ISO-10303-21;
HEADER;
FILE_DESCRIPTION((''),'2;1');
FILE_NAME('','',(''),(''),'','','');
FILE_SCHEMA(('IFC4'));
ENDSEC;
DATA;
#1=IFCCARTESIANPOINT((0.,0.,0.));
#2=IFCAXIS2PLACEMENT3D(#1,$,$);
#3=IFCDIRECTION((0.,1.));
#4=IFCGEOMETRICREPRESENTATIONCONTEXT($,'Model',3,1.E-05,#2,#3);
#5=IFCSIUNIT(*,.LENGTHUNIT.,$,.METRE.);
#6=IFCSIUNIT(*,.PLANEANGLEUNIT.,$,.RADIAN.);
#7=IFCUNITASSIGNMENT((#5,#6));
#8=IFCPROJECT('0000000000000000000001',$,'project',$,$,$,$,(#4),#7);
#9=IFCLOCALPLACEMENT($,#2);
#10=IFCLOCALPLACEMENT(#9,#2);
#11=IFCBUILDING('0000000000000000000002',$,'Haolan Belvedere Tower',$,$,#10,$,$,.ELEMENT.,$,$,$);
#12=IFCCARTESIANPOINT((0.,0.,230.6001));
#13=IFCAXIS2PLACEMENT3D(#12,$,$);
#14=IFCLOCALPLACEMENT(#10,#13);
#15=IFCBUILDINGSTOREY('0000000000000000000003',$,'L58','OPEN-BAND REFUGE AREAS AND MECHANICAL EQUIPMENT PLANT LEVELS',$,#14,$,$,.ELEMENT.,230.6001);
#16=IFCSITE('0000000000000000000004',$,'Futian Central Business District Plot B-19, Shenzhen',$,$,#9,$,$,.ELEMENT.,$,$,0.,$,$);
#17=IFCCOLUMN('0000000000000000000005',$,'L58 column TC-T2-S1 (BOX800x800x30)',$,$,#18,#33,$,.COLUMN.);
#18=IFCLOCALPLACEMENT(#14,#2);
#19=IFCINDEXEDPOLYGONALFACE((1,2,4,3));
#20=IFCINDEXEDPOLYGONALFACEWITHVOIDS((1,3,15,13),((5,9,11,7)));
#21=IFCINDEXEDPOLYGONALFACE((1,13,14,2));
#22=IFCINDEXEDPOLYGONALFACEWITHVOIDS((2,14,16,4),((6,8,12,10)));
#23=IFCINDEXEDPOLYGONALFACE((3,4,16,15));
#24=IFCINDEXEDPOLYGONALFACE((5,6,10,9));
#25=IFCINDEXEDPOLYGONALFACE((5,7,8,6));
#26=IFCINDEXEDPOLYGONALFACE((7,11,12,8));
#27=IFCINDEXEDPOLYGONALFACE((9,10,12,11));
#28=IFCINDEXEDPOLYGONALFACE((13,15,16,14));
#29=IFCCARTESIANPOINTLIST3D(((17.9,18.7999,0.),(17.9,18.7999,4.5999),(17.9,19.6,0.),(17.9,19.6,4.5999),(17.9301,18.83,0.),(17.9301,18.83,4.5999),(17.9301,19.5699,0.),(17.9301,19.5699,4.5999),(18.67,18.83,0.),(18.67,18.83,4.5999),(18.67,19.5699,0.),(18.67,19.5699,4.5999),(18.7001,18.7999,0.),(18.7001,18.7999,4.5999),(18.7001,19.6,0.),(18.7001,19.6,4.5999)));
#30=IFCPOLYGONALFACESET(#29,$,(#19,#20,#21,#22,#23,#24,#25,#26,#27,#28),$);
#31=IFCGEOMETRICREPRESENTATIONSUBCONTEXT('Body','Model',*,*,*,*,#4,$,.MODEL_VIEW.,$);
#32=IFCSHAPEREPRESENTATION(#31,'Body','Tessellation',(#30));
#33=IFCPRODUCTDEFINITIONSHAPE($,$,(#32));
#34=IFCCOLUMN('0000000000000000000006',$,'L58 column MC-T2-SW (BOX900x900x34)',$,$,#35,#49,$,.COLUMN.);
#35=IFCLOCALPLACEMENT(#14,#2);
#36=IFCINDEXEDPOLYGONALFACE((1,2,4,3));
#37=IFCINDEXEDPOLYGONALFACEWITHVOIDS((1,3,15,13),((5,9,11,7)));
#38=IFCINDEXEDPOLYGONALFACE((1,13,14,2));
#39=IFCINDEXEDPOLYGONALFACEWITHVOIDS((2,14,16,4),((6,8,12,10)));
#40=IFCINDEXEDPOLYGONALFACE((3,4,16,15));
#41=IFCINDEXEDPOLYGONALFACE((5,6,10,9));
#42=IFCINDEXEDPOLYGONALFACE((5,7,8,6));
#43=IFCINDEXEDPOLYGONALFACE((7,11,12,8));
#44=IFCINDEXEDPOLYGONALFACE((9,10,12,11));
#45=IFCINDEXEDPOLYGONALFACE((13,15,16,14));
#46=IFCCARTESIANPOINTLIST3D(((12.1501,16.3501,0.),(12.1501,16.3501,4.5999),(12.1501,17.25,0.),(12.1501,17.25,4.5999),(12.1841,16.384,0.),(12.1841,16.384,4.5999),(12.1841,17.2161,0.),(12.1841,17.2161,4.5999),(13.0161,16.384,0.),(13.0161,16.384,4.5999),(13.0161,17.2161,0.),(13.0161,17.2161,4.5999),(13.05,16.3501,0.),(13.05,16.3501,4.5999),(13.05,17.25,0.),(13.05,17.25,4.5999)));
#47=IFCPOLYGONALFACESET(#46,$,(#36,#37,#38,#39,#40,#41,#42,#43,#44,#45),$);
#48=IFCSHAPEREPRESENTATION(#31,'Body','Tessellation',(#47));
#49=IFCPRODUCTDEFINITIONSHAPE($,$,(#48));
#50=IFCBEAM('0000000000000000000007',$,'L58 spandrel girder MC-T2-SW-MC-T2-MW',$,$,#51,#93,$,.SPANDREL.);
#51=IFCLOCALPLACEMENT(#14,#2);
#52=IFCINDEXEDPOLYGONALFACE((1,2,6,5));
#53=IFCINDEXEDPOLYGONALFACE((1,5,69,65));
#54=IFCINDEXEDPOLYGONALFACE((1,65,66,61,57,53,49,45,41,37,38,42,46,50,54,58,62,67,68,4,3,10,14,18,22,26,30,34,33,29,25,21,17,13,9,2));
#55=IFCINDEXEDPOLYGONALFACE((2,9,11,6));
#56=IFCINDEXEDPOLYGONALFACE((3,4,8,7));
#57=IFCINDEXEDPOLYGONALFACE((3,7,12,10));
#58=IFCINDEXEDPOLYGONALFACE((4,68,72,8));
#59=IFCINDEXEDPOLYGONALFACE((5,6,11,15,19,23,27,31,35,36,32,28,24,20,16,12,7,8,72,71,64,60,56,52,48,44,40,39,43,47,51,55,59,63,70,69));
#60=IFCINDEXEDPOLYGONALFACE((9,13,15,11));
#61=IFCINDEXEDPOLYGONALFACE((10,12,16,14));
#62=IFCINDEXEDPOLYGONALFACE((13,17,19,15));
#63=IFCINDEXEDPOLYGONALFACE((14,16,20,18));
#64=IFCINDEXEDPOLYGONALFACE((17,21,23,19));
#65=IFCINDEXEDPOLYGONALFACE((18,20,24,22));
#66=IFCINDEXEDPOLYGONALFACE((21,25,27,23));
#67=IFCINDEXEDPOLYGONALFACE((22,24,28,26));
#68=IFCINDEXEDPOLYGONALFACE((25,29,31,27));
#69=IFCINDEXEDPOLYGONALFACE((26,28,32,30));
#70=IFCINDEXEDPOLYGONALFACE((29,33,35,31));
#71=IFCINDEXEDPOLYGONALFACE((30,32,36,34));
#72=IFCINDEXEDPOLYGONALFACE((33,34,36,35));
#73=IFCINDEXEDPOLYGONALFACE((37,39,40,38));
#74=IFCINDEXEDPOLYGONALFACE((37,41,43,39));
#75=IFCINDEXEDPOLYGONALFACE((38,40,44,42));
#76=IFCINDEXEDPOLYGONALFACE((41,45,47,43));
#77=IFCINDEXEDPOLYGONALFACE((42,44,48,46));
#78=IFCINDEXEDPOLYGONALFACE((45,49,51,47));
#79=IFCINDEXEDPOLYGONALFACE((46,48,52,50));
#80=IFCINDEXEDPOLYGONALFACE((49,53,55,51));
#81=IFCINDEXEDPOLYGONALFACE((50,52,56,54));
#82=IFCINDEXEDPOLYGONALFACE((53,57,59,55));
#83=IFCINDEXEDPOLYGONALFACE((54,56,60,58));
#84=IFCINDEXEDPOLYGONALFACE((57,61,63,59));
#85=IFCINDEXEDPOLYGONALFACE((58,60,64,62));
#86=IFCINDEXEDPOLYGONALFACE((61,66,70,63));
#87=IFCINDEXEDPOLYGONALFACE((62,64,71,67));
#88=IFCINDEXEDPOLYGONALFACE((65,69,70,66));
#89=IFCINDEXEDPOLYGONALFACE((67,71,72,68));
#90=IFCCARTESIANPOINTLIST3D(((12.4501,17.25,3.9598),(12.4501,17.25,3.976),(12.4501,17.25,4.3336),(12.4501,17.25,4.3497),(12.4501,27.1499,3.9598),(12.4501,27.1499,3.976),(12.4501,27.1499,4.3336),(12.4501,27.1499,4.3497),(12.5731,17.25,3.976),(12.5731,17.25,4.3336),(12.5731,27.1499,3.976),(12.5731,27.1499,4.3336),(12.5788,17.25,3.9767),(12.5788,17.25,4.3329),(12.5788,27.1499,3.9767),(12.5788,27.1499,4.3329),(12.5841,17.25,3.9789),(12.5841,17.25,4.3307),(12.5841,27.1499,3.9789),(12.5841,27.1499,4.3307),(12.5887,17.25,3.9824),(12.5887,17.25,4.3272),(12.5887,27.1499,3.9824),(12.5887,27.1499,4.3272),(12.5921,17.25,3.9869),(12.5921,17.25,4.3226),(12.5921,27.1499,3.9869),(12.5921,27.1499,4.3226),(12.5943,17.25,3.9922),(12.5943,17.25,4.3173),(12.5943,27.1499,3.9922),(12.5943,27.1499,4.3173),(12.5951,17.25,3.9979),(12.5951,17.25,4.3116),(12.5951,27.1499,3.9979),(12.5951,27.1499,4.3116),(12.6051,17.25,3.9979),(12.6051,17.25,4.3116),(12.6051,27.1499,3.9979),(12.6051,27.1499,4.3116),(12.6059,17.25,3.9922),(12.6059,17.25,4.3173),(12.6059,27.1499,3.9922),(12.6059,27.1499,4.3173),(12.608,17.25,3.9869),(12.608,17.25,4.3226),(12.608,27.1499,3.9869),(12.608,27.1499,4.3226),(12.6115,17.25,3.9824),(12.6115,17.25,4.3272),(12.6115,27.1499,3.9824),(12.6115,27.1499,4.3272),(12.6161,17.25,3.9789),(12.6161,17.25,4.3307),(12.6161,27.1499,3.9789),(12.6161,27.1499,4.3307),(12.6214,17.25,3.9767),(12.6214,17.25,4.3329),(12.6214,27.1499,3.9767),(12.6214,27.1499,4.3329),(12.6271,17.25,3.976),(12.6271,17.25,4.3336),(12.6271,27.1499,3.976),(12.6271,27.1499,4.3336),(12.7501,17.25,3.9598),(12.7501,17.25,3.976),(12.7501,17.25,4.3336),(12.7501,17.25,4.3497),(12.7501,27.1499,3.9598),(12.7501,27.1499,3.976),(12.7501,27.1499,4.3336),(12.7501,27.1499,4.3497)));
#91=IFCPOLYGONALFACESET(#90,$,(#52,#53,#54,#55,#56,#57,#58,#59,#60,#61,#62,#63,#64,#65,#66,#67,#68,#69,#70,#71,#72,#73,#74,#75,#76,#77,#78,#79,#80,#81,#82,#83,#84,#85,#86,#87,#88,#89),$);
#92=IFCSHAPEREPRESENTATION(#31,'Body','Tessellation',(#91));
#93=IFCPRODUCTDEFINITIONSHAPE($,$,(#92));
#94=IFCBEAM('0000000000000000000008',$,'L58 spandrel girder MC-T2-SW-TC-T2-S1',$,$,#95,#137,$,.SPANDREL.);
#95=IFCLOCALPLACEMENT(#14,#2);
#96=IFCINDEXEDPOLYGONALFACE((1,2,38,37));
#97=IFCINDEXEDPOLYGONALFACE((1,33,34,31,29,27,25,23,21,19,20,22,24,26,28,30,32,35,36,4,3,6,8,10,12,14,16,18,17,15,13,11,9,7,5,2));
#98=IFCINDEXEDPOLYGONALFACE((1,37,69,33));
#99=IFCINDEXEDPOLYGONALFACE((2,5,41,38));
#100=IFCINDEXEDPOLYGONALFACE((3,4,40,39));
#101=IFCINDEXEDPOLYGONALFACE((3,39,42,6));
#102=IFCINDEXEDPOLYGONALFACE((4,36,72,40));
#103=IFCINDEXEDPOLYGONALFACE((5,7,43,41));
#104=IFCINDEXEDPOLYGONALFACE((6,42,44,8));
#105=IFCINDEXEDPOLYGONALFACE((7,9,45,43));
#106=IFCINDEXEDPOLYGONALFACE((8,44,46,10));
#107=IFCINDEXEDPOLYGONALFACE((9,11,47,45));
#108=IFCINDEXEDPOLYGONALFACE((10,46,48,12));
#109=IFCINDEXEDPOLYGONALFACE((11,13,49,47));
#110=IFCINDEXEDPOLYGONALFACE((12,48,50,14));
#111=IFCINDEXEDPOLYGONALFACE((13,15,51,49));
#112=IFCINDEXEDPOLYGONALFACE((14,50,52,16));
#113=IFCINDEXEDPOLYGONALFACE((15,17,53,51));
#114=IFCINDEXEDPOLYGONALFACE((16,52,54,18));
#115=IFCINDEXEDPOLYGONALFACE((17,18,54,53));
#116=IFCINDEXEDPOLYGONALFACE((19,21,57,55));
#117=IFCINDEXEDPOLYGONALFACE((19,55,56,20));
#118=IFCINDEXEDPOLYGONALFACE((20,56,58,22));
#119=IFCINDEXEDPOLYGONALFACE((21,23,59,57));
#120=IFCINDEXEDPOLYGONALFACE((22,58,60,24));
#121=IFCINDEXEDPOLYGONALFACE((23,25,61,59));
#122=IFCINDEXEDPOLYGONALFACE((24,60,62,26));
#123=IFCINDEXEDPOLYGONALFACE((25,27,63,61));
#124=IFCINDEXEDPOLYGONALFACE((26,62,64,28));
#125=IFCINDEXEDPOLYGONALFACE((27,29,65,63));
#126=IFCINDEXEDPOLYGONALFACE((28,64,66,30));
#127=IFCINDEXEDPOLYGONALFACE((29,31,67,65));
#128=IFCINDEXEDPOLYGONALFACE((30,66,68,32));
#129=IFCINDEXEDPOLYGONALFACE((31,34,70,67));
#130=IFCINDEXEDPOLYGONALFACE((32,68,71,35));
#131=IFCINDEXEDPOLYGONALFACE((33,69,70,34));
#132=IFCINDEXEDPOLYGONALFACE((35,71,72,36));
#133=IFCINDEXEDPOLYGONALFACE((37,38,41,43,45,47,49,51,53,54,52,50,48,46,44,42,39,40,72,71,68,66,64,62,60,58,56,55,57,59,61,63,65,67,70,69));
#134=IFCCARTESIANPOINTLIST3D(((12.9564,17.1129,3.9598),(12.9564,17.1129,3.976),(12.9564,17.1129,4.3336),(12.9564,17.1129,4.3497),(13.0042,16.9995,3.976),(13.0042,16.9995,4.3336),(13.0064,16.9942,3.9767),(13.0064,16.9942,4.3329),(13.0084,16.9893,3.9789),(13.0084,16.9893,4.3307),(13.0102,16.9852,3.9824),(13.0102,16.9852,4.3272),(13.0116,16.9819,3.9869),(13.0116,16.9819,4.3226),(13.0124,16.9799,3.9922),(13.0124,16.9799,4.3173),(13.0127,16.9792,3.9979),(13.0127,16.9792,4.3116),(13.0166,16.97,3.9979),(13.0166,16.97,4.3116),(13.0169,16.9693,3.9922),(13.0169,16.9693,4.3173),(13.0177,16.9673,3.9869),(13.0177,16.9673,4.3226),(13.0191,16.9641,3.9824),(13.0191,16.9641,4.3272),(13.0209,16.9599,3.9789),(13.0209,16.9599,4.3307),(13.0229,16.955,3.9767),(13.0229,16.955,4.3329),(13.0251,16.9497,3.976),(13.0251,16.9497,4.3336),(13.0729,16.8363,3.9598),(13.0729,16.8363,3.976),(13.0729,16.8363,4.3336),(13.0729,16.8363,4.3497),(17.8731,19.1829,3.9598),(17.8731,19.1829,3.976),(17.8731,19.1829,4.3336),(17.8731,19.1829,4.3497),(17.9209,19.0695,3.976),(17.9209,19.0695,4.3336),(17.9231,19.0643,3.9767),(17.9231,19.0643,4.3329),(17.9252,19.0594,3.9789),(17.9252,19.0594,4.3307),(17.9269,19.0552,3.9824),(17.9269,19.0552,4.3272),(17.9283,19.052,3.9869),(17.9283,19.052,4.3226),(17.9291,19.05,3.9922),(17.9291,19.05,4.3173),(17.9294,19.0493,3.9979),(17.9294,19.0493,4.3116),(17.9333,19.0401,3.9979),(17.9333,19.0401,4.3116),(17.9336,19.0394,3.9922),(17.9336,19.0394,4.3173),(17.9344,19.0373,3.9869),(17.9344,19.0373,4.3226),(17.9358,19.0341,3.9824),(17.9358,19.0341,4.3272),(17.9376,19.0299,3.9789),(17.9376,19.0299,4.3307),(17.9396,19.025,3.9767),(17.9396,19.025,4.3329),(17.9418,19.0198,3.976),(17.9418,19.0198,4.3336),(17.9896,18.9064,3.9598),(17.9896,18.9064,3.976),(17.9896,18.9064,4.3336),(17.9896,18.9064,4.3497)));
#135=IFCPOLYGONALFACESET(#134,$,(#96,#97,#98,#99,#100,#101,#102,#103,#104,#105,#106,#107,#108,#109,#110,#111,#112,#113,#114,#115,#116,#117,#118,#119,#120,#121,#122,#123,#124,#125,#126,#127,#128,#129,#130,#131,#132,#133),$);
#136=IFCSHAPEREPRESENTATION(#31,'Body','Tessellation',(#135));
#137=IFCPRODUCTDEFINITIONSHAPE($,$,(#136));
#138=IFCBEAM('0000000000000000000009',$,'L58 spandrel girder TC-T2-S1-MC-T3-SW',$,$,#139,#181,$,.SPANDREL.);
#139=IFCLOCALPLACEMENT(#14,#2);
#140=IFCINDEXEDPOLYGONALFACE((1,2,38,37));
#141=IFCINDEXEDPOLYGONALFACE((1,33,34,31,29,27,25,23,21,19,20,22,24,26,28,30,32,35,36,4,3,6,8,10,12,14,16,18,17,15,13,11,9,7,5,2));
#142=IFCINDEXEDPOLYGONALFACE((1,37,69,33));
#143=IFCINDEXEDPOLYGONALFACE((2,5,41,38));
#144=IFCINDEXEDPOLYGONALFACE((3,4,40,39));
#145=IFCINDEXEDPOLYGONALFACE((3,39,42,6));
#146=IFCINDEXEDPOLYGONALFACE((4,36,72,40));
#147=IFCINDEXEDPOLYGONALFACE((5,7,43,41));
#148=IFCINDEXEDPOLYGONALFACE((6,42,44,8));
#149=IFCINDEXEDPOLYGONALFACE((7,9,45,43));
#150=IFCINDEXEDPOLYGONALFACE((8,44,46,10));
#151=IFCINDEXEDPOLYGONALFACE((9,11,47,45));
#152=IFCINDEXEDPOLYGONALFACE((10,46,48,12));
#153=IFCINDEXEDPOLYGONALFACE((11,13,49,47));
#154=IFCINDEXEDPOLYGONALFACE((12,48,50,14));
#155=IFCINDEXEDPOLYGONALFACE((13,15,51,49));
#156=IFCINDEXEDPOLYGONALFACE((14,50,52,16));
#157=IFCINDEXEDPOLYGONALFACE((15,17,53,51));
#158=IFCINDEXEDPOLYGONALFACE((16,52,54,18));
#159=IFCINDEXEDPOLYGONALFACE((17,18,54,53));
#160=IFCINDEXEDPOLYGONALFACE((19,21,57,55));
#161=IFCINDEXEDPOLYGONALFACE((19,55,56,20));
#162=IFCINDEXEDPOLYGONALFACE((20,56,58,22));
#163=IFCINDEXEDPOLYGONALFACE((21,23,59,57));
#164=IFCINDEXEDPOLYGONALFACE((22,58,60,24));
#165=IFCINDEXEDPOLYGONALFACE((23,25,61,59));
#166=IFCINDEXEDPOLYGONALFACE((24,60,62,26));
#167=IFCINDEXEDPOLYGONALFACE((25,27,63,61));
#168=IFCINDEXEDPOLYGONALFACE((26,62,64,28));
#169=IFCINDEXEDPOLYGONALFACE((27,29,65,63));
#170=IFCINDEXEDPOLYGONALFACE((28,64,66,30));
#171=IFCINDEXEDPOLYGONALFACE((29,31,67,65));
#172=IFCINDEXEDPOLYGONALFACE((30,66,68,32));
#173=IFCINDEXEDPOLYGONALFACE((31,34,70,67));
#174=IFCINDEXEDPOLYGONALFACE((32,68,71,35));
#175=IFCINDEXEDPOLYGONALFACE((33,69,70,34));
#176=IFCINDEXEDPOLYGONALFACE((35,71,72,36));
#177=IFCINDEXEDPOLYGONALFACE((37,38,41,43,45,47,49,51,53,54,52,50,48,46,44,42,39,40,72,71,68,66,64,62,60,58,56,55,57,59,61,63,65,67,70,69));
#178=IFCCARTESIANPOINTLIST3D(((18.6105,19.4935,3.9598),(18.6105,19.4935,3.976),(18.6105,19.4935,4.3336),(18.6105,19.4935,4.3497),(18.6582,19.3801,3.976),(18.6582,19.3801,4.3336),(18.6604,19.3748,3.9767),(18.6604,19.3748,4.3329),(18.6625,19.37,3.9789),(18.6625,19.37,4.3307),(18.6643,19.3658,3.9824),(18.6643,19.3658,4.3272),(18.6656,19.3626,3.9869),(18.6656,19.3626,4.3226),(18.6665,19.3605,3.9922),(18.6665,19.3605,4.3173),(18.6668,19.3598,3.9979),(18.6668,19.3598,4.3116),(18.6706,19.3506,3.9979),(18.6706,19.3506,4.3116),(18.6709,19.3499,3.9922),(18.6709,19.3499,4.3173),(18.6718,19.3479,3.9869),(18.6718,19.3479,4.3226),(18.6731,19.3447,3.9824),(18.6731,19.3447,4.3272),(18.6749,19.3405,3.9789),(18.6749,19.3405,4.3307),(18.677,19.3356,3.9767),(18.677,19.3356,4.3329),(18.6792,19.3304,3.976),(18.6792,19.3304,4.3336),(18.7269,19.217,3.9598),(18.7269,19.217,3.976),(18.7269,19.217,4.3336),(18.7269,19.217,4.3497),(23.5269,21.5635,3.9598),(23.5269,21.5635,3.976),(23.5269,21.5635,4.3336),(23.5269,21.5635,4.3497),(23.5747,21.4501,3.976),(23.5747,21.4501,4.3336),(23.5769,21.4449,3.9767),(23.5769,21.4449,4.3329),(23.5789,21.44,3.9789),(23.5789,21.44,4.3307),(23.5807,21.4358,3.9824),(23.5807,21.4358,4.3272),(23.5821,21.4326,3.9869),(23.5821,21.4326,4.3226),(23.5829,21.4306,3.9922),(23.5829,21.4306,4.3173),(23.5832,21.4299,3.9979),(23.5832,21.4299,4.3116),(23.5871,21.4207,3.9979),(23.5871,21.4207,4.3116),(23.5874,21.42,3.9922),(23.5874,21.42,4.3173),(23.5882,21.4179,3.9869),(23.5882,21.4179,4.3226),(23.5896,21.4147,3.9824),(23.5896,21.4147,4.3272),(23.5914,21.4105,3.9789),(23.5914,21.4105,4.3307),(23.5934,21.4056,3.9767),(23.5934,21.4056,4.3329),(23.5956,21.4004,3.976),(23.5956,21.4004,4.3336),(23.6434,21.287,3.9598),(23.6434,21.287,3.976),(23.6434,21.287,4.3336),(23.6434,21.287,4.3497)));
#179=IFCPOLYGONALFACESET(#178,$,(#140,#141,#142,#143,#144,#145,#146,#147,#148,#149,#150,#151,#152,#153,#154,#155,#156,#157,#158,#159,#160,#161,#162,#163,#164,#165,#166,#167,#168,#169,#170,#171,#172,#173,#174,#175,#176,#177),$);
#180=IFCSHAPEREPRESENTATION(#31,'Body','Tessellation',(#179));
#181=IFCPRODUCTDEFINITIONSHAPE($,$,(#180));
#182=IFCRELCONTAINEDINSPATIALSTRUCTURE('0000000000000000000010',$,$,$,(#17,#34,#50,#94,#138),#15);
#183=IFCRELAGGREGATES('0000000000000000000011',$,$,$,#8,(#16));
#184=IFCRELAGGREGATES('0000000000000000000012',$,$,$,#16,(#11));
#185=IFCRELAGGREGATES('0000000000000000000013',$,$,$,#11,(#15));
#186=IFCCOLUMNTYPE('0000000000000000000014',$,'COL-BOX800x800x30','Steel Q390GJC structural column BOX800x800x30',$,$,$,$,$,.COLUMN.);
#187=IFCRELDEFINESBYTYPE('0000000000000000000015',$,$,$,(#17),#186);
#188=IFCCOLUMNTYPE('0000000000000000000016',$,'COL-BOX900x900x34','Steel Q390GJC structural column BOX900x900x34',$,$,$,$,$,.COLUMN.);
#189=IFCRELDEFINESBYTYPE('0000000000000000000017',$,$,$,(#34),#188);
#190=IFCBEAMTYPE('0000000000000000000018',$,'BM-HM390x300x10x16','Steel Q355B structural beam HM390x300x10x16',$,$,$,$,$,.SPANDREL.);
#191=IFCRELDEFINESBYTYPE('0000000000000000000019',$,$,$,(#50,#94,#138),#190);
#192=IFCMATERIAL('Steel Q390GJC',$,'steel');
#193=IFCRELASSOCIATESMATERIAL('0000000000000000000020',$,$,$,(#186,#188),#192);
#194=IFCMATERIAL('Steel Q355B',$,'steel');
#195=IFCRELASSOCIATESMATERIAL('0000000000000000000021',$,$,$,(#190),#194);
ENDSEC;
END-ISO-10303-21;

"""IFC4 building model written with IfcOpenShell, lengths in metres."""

from ifc_helpers import new_model, si_unit, direction, frame, origin, origin_2d, place, context, subcontext, project, spatial, hollow_rectangle, i_section, extrude, material, material_profile, profile_set, type_object, element, save


model = new_model("IFC4")

# Units and contexts
model_context = context("Model", 3, precision=1e-05, world=origin(), true_north=direction((0.0, 1.0)))
body_context = subcontext(model_context, "Body", "Model", "MODEL_VIEW")
ifc_project = project(units=[si_unit("LENGTHUNIT", "METRE"), si_unit("PLANEANGLEUNIT", "RADIAN")], contexts=[model_context])

# Site, building, storey
site_placement = place(None, origin())
site = spatial("IfcSite", under=ifc_project, at=site_placement, Name="Futian Central Business District Plot B-19, Shenzhen", CompositionType="ELEMENT", RefElevation=0.0)
building_placement = place(site_placement, origin())
building = spatial("IfcBuilding", under=site, at=building_placement, Name="Haolan Belvedere Tower", CompositionType="ELEMENT")
storey_placement = place(building_placement, frame((0.0, 0.0, 230.6001)))
storey = spatial("IfcBuildingStorey", under=building, at=storey_placement, Name="L58", Description="OPEN-BAND REFUGE AREAS AND MECHANICAL EQUIPMENT PLANT LEVELS", CompositionType="ELEMENT", Elevation=230.6001)

# Columns
ifc_material_1 = material(Name="Steel Q390GJC", Category="steel")
ifc_material_profile_1 = material_profile(ifc_material_1, hollow_rectangle(XDim=0.8, YDim=0.8, WallThickness=0.03, at=origin_2d()), Name="Steel Q390GJC")
ifc_profile_set_1 = profile_set([ifc_material_profile_1], Name="Steel Q390GJC")
column_type_1 = type_object("IfcColumnType", Name="COL-BOX800x800x30", Description="Steel Q390GJC structural column BOX800x800x30", PredefinedType="COLUMN", material=ifc_profile_set_1)
column_1_placement = place(storey_placement, frame((18.3, 19.2, 0.0), z_axis=(0.0, 0.0, 1.0), x_axis=(1.0, 0.0, 0.0)))
element("IfcColumn", 1, at=column_1_placement, inside=storey, type_object=column_type_1, Name="L58 column TC-T2-S1 (BOX800x800x30)", PredefinedType="COLUMN", context=body_context, shape_type="SweptSolid", body=[
    extrude(hollow_rectangle(XDim=0.8, YDim=0.8, WallThickness=0.03, at=origin_2d()), origin(), (0.0, 0.0, 1.0), 4.5999),
])
ifc_material_profile_2 = material_profile(ifc_material_1, hollow_rectangle(XDim=0.8999, YDim=0.8999, WallThickness=0.0339, at=origin_2d()), Name="Steel Q390GJC")
ifc_profile_set_2 = profile_set([ifc_material_profile_2], Name="Steel Q390GJC")
column_type_2 = type_object("IfcColumnType", Name="COL-BOX900x900x34", Description="Steel Q390GJC structural column BOX900x900x34", PredefinedType="COLUMN", material=ifc_profile_set_2)
column_2_placement = place(storey_placement, frame((12.6001, 16.8, 0.0), z_axis=(0.0, 0.0, 1.0), x_axis=(1.0, 0.0, 0.0)))
element("IfcColumn", 2, at=column_2_placement, inside=storey, type_object=column_type_2, Name="L58 column MC-T2-SW (BOX900x900x34)", PredefinedType="COLUMN", context=body_context, shape_type="SweptSolid", body=[
    extrude(hollow_rectangle(XDim=0.8999, YDim=0.8999, WallThickness=0.0339, at=origin_2d()), origin(), (0.0, 0.0, 1.0), 4.5999),
])

# Beams
ifc_material_2 = material(Name="Steel Q355B", Category="steel")
ifc_material_profile_3 = material_profile(ifc_material_2, i_section(OverallWidth=0.3, OverallDepth=0.3899, WebThickness=0.01, FlangeThickness=0.0161, FilletRadius=0.022, at=origin_2d()), Name="Steel Q355B")
ifc_profile_set_3 = profile_set([ifc_material_profile_3], Name="Steel Q355B")
beam_type = type_object("IfcBeamType", Name="BM-HM390x300x10x16", Description="Steel Q355B structural beam HM390x300x10x16", PredefinedType="SPANDREL", material=ifc_profile_set_3)
beam_1_placement = place(storey_placement, frame((12.6001, 17.25, 4.1548), z_axis=(0.0, 1.0, 0.0), x_axis=(-1.0, 0.0, 0.0)))
element("IfcBeam", 3, at=beam_1_placement, inside=storey, type_object=beam_type, Name="L58 spandrel girder MC-T2-SW-MC-T2-MW", PredefinedType="SPANDREL", context=body_context, shape_type="SweptSolid", body=[
    extrude(i_section(OverallWidth=0.3, OverallDepth=0.3899, WebThickness=0.01, FlangeThickness=0.0161, FilletRadius=0.022, at=origin_2d()), origin(), (0.0, 0.0, 1.0), 9.8999),
])
beam_2_placement = place(storey_placement, frame((13.0146, 16.9746, 4.1548), z_axis=(0.921645, 0.388034, 0.0), x_axis=(-0.388034, 0.921645, 0.0)))
element("IfcBeam", 4, at=beam_2_placement, inside=storey, type_object=beam_type, Name="L58 spandrel girder MC-T2-SW-TC-T2-S1", PredefinedType="SPANDREL", context=body_context, shape_type="SweptSolid", body=[
    extrude(i_section(OverallWidth=0.3, OverallDepth=0.3899, WebThickness=0.01, FlangeThickness=0.0161, FilletRadius=0.022, at=origin_2d()), origin(), (0.0, 0.0, 1.0), 5.3347),
])
beam_3_placement = place(storey_placement, frame((18.6687, 19.3552, 4.1548), z_axis=(0.921638, 0.388051, 0.0), x_axis=(-0.388051, 0.921638, 0.0)))
element("IfcBeam", 5, at=beam_3_placement, inside=storey, type_object=beam_type, Name="L58 spandrel girder TC-T2-S1-MC-T3-SW", PredefinedType="SPANDREL", context=body_context, shape_type="SweptSolid", body=[
    extrude(i_section(OverallWidth=0.3, OverallDepth=0.3899, WebThickness=0.01, FlangeThickness=0.0161, FilletRadius=0.022, at=origin_2d()), origin(), (0.0, 0.0, 1.0), 5.3345),
])

save(model, "model.ifc")
